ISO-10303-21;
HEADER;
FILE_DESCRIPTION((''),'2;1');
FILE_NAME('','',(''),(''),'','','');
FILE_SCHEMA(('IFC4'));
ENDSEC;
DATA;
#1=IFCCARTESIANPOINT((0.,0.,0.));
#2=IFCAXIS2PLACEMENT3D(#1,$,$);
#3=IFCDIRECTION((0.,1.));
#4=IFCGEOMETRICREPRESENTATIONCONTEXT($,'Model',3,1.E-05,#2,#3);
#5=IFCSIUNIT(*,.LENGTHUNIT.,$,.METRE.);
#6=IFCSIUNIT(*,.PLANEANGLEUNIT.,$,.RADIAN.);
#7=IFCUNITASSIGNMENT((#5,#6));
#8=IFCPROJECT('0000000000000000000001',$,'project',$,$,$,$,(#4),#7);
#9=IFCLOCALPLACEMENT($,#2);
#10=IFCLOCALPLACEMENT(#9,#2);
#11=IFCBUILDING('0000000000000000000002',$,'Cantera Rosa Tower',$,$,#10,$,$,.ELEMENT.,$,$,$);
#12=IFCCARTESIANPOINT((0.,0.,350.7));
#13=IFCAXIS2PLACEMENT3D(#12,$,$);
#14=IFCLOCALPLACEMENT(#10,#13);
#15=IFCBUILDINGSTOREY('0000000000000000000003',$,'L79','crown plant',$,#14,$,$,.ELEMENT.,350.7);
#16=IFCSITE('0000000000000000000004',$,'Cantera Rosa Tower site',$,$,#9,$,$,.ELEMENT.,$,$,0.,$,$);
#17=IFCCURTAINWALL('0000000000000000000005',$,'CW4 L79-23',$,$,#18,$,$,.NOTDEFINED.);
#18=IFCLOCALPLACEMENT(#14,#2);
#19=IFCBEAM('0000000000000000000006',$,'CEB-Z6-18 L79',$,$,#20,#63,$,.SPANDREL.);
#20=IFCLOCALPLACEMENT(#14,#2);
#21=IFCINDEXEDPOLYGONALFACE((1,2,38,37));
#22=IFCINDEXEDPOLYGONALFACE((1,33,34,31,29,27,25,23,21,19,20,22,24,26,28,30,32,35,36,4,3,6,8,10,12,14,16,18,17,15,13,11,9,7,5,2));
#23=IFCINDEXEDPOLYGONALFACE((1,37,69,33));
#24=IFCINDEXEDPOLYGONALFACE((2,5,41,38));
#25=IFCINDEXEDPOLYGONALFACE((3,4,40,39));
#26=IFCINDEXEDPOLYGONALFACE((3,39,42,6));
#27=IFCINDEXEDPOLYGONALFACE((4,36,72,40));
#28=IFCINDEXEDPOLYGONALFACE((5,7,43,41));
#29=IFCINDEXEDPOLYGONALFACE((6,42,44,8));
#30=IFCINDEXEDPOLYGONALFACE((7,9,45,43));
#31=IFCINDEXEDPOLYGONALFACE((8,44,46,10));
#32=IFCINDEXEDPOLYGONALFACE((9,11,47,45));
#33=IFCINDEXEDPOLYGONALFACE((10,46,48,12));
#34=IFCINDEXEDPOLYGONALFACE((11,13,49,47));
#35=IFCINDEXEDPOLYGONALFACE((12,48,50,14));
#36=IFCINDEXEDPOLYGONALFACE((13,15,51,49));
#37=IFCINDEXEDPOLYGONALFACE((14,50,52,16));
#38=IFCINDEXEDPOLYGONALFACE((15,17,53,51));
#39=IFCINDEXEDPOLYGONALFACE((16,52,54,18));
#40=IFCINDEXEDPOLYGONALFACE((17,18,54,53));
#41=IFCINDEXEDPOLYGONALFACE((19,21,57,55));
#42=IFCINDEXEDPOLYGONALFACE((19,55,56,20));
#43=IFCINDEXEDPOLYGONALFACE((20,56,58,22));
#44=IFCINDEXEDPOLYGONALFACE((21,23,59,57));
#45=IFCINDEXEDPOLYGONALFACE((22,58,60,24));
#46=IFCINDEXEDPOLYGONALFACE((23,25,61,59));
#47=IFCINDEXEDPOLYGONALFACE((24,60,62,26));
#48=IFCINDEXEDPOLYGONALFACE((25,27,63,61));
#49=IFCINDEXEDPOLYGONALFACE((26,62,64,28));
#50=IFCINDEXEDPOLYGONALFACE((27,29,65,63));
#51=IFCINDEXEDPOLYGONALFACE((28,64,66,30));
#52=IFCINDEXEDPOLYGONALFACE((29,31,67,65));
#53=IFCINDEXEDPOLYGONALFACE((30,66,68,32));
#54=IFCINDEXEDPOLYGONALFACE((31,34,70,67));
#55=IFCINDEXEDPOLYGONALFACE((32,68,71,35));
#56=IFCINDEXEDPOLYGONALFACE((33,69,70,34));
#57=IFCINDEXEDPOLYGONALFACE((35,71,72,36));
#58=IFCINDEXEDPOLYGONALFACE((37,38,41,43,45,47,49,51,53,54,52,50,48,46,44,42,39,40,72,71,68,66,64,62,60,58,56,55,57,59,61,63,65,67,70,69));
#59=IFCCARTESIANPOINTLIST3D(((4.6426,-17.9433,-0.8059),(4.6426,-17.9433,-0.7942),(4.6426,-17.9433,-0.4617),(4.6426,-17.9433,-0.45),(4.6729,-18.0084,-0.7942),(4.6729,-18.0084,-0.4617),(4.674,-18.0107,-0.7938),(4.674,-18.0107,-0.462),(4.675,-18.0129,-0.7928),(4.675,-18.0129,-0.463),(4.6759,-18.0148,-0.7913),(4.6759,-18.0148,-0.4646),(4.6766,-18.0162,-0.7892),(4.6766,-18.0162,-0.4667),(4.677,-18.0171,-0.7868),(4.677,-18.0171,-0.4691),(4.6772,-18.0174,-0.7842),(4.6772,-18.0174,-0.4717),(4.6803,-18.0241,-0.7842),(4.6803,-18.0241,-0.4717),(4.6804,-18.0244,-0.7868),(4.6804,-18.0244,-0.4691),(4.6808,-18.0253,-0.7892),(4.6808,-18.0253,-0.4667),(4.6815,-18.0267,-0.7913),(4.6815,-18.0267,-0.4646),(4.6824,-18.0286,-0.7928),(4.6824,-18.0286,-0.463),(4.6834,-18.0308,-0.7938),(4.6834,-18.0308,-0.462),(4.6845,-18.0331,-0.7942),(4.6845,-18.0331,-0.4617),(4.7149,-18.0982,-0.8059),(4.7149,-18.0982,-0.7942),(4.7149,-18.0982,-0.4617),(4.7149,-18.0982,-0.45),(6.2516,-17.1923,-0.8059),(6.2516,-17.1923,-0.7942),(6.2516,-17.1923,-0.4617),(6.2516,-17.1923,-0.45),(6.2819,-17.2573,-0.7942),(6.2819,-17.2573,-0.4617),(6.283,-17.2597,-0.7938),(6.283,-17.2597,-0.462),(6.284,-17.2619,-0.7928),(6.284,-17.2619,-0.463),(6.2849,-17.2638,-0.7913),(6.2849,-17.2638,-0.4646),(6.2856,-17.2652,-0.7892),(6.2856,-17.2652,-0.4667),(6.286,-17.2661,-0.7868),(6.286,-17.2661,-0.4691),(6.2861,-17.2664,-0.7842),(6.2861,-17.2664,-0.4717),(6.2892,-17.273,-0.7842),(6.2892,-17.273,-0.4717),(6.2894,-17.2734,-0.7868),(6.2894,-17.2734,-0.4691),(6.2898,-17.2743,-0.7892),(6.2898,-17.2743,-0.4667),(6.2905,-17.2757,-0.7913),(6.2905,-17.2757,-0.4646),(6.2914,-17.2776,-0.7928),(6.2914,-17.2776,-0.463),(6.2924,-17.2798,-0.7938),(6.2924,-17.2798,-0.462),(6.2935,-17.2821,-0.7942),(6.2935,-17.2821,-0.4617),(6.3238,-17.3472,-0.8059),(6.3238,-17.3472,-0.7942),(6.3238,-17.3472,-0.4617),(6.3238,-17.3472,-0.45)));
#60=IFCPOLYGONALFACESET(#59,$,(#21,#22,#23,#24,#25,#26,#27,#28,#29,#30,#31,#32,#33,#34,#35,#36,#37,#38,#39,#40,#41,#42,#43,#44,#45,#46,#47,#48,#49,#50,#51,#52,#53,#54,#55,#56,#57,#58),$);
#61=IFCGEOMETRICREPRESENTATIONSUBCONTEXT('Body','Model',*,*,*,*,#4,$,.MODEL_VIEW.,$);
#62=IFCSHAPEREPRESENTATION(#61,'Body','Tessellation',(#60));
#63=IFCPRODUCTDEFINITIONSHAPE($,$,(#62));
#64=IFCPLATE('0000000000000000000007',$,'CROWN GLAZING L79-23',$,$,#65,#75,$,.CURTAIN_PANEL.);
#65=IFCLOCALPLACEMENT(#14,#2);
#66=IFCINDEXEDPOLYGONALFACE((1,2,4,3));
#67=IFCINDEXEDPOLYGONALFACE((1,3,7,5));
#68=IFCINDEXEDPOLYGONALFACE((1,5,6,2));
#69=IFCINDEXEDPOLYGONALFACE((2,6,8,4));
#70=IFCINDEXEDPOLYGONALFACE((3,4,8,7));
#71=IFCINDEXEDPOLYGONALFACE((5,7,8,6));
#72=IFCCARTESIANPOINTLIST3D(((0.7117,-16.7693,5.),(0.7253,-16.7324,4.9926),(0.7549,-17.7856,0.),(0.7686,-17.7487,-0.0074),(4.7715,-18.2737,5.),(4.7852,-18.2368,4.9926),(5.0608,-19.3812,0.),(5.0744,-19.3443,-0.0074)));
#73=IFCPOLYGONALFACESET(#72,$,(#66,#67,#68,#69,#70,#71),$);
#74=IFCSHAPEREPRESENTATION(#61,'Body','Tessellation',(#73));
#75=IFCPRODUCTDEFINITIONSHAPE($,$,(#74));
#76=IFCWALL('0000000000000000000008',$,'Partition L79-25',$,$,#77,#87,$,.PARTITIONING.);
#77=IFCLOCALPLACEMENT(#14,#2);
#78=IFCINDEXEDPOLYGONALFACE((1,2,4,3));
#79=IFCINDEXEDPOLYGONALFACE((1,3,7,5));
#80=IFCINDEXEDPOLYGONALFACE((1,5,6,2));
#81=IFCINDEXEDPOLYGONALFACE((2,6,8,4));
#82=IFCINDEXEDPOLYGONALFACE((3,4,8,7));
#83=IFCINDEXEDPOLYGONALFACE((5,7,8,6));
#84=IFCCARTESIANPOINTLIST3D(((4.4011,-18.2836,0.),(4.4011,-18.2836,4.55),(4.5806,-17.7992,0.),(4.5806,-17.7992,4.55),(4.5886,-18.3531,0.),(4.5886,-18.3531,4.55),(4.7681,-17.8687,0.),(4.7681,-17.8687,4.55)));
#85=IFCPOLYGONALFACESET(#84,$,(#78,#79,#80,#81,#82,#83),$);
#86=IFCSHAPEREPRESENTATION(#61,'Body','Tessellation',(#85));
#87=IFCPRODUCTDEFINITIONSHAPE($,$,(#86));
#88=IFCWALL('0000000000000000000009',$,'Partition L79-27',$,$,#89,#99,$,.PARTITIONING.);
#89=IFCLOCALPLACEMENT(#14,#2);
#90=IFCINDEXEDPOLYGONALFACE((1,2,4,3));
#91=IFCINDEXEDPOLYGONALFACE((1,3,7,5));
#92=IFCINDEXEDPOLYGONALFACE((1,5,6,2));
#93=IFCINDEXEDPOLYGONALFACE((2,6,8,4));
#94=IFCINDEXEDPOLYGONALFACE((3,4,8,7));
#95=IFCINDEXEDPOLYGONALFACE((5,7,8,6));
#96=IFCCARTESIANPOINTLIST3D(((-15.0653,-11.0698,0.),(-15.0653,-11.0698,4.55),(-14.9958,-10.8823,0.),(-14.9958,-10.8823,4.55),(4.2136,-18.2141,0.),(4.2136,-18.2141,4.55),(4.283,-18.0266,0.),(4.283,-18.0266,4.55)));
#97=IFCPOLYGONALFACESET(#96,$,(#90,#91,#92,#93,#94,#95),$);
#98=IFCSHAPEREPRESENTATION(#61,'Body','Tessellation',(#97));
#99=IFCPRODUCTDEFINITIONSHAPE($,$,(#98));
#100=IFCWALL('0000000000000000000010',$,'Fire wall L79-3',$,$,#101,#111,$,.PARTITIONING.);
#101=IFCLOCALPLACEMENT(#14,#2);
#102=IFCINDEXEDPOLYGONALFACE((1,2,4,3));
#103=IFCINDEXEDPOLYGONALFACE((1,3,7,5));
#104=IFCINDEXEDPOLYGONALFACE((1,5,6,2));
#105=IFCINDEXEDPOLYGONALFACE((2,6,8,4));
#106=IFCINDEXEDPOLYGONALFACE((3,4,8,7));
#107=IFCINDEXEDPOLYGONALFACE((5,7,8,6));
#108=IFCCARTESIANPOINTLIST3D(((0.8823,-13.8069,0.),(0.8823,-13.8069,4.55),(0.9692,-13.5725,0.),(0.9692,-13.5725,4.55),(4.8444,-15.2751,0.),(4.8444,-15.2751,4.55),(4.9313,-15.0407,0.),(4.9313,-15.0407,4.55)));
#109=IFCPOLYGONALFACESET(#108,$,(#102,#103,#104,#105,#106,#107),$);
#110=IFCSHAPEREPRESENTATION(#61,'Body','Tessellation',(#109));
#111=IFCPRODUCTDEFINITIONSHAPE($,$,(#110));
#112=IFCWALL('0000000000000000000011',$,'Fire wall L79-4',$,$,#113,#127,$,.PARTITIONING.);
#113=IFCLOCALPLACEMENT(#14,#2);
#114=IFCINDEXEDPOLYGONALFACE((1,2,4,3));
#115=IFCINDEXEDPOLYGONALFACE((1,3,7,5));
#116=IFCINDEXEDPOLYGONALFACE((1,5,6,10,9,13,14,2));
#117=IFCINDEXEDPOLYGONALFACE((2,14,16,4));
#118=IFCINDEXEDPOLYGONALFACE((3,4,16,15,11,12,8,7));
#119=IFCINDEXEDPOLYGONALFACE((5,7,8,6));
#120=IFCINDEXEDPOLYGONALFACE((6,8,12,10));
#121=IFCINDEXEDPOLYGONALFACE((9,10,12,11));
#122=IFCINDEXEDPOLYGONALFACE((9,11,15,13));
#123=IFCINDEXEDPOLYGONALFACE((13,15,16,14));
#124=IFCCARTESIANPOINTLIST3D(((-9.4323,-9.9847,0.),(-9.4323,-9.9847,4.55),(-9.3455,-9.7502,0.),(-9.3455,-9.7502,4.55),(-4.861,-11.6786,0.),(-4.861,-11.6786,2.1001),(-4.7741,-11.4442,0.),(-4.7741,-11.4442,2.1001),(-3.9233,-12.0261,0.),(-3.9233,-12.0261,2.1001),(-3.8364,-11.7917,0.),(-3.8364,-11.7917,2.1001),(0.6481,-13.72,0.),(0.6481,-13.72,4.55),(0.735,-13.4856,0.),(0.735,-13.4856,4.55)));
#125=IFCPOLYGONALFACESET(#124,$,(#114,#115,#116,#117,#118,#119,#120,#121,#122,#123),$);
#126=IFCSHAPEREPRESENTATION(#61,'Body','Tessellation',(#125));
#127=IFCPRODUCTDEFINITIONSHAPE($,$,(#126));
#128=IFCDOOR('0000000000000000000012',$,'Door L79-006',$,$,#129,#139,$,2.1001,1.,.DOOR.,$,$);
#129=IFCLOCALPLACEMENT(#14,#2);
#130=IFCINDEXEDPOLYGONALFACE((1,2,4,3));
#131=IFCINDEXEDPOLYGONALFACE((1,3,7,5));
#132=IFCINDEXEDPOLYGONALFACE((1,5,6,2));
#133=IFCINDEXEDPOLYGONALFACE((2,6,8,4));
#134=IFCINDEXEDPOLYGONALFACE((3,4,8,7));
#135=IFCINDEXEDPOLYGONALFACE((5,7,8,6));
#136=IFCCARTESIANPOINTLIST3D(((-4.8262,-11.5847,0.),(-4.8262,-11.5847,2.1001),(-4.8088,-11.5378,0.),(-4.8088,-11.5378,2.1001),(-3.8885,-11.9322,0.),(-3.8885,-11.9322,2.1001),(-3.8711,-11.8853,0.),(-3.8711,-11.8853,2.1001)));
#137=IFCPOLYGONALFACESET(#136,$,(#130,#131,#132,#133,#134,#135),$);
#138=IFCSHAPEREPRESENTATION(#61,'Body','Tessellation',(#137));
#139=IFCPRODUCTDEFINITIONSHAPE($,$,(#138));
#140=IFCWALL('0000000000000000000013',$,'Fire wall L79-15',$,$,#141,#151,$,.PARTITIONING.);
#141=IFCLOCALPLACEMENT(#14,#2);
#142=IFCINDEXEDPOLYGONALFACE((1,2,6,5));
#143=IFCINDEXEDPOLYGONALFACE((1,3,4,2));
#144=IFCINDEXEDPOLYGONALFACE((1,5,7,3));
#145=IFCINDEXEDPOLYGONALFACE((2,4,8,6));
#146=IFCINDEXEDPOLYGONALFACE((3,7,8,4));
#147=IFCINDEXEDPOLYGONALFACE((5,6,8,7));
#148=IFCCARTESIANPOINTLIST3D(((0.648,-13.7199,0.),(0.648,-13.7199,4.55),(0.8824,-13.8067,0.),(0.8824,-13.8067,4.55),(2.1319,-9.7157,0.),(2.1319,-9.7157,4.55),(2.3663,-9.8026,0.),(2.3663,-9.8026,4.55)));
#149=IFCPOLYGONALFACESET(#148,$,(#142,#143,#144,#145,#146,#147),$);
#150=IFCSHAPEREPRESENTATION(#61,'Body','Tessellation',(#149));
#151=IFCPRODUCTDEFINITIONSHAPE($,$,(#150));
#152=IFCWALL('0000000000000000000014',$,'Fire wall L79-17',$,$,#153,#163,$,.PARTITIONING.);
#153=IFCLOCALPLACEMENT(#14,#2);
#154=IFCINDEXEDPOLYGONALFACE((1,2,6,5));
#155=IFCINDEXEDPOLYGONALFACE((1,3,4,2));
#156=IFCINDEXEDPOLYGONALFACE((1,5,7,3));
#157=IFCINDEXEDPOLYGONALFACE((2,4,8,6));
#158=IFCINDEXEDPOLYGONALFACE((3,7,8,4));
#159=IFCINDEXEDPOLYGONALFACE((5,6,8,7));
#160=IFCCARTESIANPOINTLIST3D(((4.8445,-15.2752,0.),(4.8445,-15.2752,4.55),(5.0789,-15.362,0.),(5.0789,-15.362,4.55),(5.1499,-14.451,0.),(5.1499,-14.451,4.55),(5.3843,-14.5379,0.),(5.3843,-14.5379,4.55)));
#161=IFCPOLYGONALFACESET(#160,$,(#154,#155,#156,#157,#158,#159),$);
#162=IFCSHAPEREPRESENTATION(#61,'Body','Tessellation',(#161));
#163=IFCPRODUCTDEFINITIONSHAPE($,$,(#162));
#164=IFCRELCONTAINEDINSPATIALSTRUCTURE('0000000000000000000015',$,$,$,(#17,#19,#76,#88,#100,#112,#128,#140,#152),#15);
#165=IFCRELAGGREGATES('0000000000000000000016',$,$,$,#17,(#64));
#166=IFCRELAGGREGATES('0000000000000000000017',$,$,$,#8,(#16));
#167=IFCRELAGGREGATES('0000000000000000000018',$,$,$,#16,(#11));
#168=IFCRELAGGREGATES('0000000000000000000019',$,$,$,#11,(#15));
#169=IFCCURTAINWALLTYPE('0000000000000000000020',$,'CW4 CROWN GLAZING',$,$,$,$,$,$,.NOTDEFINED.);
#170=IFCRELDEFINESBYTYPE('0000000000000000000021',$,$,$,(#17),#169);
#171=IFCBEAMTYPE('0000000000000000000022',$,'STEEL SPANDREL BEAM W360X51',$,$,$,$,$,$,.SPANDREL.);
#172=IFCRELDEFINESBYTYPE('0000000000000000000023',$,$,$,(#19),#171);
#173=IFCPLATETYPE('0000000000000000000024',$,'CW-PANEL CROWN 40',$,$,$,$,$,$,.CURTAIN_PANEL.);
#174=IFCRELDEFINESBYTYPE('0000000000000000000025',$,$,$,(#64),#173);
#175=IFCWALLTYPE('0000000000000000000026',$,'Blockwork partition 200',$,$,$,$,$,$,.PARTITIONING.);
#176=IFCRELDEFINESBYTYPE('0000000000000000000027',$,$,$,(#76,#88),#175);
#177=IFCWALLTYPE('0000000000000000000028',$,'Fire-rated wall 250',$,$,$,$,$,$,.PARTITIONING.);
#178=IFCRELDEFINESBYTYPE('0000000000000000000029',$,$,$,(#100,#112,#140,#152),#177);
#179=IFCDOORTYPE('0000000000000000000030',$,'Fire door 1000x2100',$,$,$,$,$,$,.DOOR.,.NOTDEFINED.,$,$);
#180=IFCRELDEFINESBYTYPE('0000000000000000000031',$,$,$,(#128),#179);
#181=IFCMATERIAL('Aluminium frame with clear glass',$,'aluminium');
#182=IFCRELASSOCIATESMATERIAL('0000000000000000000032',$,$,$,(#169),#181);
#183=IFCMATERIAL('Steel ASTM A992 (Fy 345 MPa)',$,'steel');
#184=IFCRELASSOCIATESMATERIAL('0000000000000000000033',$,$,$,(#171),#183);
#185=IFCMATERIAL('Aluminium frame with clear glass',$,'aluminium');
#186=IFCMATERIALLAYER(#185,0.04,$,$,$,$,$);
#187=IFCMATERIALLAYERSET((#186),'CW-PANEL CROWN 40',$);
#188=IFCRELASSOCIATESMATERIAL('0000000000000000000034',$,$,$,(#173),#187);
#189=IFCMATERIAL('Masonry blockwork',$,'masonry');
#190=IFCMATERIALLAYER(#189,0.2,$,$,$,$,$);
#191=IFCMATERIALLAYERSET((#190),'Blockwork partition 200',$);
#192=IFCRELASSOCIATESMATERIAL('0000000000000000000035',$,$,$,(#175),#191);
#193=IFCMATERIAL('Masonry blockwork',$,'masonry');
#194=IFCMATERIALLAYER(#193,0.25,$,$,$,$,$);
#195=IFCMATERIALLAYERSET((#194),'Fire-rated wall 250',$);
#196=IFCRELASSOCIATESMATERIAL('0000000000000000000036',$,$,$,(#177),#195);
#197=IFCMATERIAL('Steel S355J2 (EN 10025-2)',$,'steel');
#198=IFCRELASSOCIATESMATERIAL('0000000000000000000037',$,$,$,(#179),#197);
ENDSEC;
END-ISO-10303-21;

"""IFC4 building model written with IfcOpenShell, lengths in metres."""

from ifc_helpers import new_model, si_unit, direction, frame, frame_2d, origin, origin_2d, place, context, subcontext, project, spatial, polyline, rectangle, i_section, outline, extrude, material, layer, layer_set, material_profile, profile_set, type_object, element, fill, aggregate, save


model = new_model("IFC4")

# Units and contexts
model_context = context("Model", 3, precision=1e-05, world=origin(), true_north=direction((0.0, 1.0)))
body_context = subcontext(model_context, "Body", "Model", "MODEL_VIEW")
ifc_project = project(units=[si_unit("LENGTHUNIT", "METRE"), si_unit("PLANEANGLEUNIT", "RADIAN")], contexts=[model_context])

# Site, building, storey
site_placement = place(None, origin())
site = spatial("IfcSite", under=ifc_project, at=site_placement, Name="Cantera Rosa Tower site", CompositionType="ELEMENT", RefElevation=0.0)
building_placement = place(site_placement, origin())
building = spatial("IfcBuilding", under=site, at=building_placement, Name="Cantera Rosa Tower", CompositionType="ELEMENT")
storey_placement = place(building_placement, frame((0.0, 0.0, 350.7)))
storey = spatial("IfcBuildingStorey", under=building, at=storey_placement, Name="L79", Description="crown plant", CompositionType="ELEMENT", Elevation=350.7)

# Curtain wall
ifc_material_1 = material(Name="Aluminium frame with clear glass", Category="aluminium")
curtain_wall_type = type_object("IfcCurtainWallType", Name="CW4 CROWN GLAZING", PredefinedType="NOTDEFINED", material=ifc_material_1)
curtain_wall_1_placement = place(storey_placement, origin())
curtain_wall_1 = element("IfcCurtainWall", 1, at=curtain_wall_1_placement, inside=storey, type_object=curtain_wall_type, Name="CW4 L79-23", PredefinedType="NOTDEFINED")

# Beam
ifc_material_2 = material(Name="Steel ASTM A992 (Fy 345 MPa)", Category="steel")
ifc_material_profile_1 = material_profile(ifc_material_2, i_section(OverallWidth=0.1709, OverallDepth=0.356, WebThickness=0.0073, FlangeThickness=0.0117, FilletRadius=0.01, at=origin_2d()), Name="W360X51")
ifc_profile_set_1 = profile_set([ifc_material_profile_1], Name="Steel ASTM A992 (Fy 345 MPa)")
beam_type = type_object("IfcBeamType", Name="STEEL SPANDREL BEAM W360X51", PredefinedType="SPANDREL", material=ifc_profile_set_1)
beam_1_placement = place(storey_placement, frame((4.6787, -18.0208, -0.6279), z_axis=(0.906148, 0.422961, 0.0), x_axis=(-0.422961, 0.906148, 0.0)))
element("IfcBeam", 2, at=beam_1_placement, inside=storey, type_object=beam_type, Name="CEB-Z6-18 L79", PredefinedType="SPANDREL", context=body_context, shape_type="SweptSolid", body=[
    extrude(i_section(OverallWidth=0.1709, OverallDepth=0.356, WebThickness=0.0073, FlangeThickness=0.0117, FilletRadius=0.01, at=origin_2d()), origin(), (0.0, 0.0, 1.0), 1.7756),
])

# Plate
ifc_material_3 = material(Name="Aluminium frame with clear glass", Category="aluminium")
ifc_layer_1 = layer(ifc_material_3, 0.04)
ifc_layer_set_1 = layer_set([ifc_layer_1], Name="CW-PANEL CROWN 40")
plate_type = type_object("IfcPlateType", Name="CW-PANEL CROWN 40", PredefinedType="CURTAIN_PANEL", material=ifc_layer_set_1)
plate_1_placement = place(storey_placement, frame((0.7549, -17.7856, 0.0), z_axis=(-0.341499, -0.92162, 0.184376), x_axis=(0.937696, -0.347456, 0.000002)))
plate_1 = element("IfcPlate", 3, at=plate_1_placement, type_object=plate_type, Name="CROWN GLAZING L79-23", PredefinedType="CURTAIN_PANEL", context=body_context, shape_type="SweptSolid", body=[
    extrude(outline(polyline([(0.0, 0.0), (4.592, 0.0), (3.9359, 5.0872), (-0.3936, 5.0872), (0.0, 0.0)])), origin(), (0.0, 0.0, -1.0), 0.04),
])

# Walls
ifc_material_4 = material(Name="Masonry blockwork", Category="masonry")
ifc_layer_2 = layer(ifc_material_4, 0.2)
ifc_layer_set_2 = layer_set([ifc_layer_2], Name="Blockwork partition 200")
wall_type_1 = type_object("IfcWallType", Name="Blockwork partition 200", PredefinedType="PARTITIONING", material=ifc_layer_set_2)
wall_1_placement = place(storey_placement, frame((4.4949, -18.3184, 0.0), z_axis=(0.0, 0.0, 1.0), x_axis=(0.347391, 0.93772, 0.0)))
element("IfcWall", 4, at=wall_1_placement, inside=storey, type_object=wall_type_1, Name="Partition L79-25", PredefinedType="PARTITIONING", context=body_context, shape_type="SweptSolid", body=[
    extrude(rectangle(XDim=0.5166, YDim=0.2, at=frame_2d((0.2583, 0.0))), origin(), (0.0, 0.0, 1.0), 4.55),
])
wall_2_placement = place(storey_placement, frame((4.2483, -18.1204, 0.0), z_axis=(0.0, 0.0, 1.0), x_axis=(-0.937686, 0.347485, 0.0)))
element("IfcWall", 5, at=wall_2_placement, inside=storey, type_object=wall_type_1, Name="Partition L79-27", PredefinedType="PARTITIONING", context=body_context, shape_type="SweptSolid", body=[
    extrude(rectangle(XDim=20.5601, YDim=0.2, at=frame_2d((10.28, 0.0))), origin(), (0.0, 0.0, 1.0), 4.55),
])
ifc_material_5 = material(Name="Masonry blockwork", Category="masonry")
ifc_layer_3 = layer(ifc_material_5, 0.25)
ifc_layer_set_3 = layer_set([ifc_layer_3], Name="Fire-rated wall 250")
wall_type_2 = type_object("IfcWallType", Name="Fire-rated wall 250", PredefinedType="PARTITIONING", material=ifc_layer_set_3)
wall_3_placement = place(storey_placement, frame((4.8879, -15.158, 0.0), z_axis=(0.0, 0.0, 1.0), x_axis=(-0.937687, 0.34748, 0.0)))
element("IfcWall", 6, at=wall_3_placement, inside=storey, type_object=wall_type_2, Name="Fire wall L79-3", PredefinedType="PARTITIONING", context=body_context, shape_type="SweptSolid", body=[
    extrude(rectangle(XDim=4.2253, YDim=0.25, at=frame_2d((2.1128, 0.0))), origin(), (0.0, 0.0, 1.0), 4.55),
])

# Wall, opening, door
wall_4_placement = place(storey_placement, frame((0.6914, -13.6028, 0.0), z_axis=(0.0, 0.0, 1.0), x_axis=(-0.937691, 0.34747, 0.0)))
wall_4 = element("IfcWall", 7, at=wall_4_placement, inside=storey, type_object=wall_type_2, Name="Fire wall L79-4", PredefinedType="PARTITIONING", context=body_context, shape_type="SweptSolid", body=[
    extrude(rectangle(XDim=10.7502, YDim=0.25, at=frame_2d((5.375, 0.0))), origin(), (0.0, 0.0, 1.0), 4.55),
])
opening_1_placement = place(wall_4_placement, frame((4.875, 0.0, 0.0)))
opening_1 = element("IfcOpeningElement", 8, at=opening_1_placement, cuts=wall_4, PredefinedType="OPENING", context=body_context, shape_type="SweptSolid", body=[
    extrude(rectangle(XDim=1.0, YDim=2.1001, at=frame_2d((0.5, 1.05))), frame((0.0, 0.135, 0.0), z_axis=(0.0, -1.0, 0.0), x_axis=(1.0, 0.0, 0.0)), (0.0, 0.0, 1.0), 0.27),
])
ifc_material_6 = material(Name="Steel S355J2 (EN 10025-2)", Category="steel")
door_type = type_object("IfcDoorType", Name="Fire door 1000x2100", OperationType="NOTDEFINED", PredefinedType="DOOR", material=ifc_material_6)
door_1_placement = place(opening_1_placement, origin())
door_1 = element("IfcDoor", 9, at=door_1_placement, inside=storey, type_object=door_type, Name="Door L79-006", OverallHeight=2.1001, OverallWidth=1.0, PredefinedType="DOOR", context=body_context, shape_type="SweptSolid", body=[
    extrude(rectangle(XDim=1.0, YDim=2.1001, at=frame_2d((0.5, 1.05))), frame((0.0, 0.0249, 0.0), z_axis=(0.0, -1.0, 0.0), x_axis=(1.0, 0.0, 0.0)), (0.0, 0.0, 1.0), 0.05),
])
fill(opening_1, door_1)

# Walls
wall_5_placement = place(storey_placement, frame((0.7651, -13.7634, 0.0), z_axis=(0.0, 0.0, 1.0), x_axis=(0.347493, 0.937683, 0.0)))
element("IfcWall", 10, at=wall_5_placement, inside=storey, type_object=wall_type_2, Name="Fire wall L79-15", PredefinedType="PARTITIONING", context=body_context, shape_type="SweptSolid", body=[
    extrude(rectangle(XDim=4.2703, YDim=0.25, at=frame_2d((2.1353, 0.0))), origin(), (0.0, 0.0, 1.0), 4.55),
])
wall_6_placement = place(storey_placement, frame((4.9617, -15.3186, 0.0), z_axis=(0.0, 0.0, 1.0), x_axis=(0.347468, 0.937692, 0.0)))
element("IfcWall", 11, at=wall_6_placement, inside=storey, type_object=wall_type_2, Name="Fire wall L79-17", PredefinedType="PARTITIONING", context=body_context, shape_type="SweptSolid", body=[
    extrude(rectangle(XDim=0.8789, YDim=0.25, at=frame_2d((0.4395, 0.0))), origin(), (0.0, 0.0, 1.0), 4.55),
])

aggregate(curtain_wall_1, [plate_1])

save(model, "model.ifc")
